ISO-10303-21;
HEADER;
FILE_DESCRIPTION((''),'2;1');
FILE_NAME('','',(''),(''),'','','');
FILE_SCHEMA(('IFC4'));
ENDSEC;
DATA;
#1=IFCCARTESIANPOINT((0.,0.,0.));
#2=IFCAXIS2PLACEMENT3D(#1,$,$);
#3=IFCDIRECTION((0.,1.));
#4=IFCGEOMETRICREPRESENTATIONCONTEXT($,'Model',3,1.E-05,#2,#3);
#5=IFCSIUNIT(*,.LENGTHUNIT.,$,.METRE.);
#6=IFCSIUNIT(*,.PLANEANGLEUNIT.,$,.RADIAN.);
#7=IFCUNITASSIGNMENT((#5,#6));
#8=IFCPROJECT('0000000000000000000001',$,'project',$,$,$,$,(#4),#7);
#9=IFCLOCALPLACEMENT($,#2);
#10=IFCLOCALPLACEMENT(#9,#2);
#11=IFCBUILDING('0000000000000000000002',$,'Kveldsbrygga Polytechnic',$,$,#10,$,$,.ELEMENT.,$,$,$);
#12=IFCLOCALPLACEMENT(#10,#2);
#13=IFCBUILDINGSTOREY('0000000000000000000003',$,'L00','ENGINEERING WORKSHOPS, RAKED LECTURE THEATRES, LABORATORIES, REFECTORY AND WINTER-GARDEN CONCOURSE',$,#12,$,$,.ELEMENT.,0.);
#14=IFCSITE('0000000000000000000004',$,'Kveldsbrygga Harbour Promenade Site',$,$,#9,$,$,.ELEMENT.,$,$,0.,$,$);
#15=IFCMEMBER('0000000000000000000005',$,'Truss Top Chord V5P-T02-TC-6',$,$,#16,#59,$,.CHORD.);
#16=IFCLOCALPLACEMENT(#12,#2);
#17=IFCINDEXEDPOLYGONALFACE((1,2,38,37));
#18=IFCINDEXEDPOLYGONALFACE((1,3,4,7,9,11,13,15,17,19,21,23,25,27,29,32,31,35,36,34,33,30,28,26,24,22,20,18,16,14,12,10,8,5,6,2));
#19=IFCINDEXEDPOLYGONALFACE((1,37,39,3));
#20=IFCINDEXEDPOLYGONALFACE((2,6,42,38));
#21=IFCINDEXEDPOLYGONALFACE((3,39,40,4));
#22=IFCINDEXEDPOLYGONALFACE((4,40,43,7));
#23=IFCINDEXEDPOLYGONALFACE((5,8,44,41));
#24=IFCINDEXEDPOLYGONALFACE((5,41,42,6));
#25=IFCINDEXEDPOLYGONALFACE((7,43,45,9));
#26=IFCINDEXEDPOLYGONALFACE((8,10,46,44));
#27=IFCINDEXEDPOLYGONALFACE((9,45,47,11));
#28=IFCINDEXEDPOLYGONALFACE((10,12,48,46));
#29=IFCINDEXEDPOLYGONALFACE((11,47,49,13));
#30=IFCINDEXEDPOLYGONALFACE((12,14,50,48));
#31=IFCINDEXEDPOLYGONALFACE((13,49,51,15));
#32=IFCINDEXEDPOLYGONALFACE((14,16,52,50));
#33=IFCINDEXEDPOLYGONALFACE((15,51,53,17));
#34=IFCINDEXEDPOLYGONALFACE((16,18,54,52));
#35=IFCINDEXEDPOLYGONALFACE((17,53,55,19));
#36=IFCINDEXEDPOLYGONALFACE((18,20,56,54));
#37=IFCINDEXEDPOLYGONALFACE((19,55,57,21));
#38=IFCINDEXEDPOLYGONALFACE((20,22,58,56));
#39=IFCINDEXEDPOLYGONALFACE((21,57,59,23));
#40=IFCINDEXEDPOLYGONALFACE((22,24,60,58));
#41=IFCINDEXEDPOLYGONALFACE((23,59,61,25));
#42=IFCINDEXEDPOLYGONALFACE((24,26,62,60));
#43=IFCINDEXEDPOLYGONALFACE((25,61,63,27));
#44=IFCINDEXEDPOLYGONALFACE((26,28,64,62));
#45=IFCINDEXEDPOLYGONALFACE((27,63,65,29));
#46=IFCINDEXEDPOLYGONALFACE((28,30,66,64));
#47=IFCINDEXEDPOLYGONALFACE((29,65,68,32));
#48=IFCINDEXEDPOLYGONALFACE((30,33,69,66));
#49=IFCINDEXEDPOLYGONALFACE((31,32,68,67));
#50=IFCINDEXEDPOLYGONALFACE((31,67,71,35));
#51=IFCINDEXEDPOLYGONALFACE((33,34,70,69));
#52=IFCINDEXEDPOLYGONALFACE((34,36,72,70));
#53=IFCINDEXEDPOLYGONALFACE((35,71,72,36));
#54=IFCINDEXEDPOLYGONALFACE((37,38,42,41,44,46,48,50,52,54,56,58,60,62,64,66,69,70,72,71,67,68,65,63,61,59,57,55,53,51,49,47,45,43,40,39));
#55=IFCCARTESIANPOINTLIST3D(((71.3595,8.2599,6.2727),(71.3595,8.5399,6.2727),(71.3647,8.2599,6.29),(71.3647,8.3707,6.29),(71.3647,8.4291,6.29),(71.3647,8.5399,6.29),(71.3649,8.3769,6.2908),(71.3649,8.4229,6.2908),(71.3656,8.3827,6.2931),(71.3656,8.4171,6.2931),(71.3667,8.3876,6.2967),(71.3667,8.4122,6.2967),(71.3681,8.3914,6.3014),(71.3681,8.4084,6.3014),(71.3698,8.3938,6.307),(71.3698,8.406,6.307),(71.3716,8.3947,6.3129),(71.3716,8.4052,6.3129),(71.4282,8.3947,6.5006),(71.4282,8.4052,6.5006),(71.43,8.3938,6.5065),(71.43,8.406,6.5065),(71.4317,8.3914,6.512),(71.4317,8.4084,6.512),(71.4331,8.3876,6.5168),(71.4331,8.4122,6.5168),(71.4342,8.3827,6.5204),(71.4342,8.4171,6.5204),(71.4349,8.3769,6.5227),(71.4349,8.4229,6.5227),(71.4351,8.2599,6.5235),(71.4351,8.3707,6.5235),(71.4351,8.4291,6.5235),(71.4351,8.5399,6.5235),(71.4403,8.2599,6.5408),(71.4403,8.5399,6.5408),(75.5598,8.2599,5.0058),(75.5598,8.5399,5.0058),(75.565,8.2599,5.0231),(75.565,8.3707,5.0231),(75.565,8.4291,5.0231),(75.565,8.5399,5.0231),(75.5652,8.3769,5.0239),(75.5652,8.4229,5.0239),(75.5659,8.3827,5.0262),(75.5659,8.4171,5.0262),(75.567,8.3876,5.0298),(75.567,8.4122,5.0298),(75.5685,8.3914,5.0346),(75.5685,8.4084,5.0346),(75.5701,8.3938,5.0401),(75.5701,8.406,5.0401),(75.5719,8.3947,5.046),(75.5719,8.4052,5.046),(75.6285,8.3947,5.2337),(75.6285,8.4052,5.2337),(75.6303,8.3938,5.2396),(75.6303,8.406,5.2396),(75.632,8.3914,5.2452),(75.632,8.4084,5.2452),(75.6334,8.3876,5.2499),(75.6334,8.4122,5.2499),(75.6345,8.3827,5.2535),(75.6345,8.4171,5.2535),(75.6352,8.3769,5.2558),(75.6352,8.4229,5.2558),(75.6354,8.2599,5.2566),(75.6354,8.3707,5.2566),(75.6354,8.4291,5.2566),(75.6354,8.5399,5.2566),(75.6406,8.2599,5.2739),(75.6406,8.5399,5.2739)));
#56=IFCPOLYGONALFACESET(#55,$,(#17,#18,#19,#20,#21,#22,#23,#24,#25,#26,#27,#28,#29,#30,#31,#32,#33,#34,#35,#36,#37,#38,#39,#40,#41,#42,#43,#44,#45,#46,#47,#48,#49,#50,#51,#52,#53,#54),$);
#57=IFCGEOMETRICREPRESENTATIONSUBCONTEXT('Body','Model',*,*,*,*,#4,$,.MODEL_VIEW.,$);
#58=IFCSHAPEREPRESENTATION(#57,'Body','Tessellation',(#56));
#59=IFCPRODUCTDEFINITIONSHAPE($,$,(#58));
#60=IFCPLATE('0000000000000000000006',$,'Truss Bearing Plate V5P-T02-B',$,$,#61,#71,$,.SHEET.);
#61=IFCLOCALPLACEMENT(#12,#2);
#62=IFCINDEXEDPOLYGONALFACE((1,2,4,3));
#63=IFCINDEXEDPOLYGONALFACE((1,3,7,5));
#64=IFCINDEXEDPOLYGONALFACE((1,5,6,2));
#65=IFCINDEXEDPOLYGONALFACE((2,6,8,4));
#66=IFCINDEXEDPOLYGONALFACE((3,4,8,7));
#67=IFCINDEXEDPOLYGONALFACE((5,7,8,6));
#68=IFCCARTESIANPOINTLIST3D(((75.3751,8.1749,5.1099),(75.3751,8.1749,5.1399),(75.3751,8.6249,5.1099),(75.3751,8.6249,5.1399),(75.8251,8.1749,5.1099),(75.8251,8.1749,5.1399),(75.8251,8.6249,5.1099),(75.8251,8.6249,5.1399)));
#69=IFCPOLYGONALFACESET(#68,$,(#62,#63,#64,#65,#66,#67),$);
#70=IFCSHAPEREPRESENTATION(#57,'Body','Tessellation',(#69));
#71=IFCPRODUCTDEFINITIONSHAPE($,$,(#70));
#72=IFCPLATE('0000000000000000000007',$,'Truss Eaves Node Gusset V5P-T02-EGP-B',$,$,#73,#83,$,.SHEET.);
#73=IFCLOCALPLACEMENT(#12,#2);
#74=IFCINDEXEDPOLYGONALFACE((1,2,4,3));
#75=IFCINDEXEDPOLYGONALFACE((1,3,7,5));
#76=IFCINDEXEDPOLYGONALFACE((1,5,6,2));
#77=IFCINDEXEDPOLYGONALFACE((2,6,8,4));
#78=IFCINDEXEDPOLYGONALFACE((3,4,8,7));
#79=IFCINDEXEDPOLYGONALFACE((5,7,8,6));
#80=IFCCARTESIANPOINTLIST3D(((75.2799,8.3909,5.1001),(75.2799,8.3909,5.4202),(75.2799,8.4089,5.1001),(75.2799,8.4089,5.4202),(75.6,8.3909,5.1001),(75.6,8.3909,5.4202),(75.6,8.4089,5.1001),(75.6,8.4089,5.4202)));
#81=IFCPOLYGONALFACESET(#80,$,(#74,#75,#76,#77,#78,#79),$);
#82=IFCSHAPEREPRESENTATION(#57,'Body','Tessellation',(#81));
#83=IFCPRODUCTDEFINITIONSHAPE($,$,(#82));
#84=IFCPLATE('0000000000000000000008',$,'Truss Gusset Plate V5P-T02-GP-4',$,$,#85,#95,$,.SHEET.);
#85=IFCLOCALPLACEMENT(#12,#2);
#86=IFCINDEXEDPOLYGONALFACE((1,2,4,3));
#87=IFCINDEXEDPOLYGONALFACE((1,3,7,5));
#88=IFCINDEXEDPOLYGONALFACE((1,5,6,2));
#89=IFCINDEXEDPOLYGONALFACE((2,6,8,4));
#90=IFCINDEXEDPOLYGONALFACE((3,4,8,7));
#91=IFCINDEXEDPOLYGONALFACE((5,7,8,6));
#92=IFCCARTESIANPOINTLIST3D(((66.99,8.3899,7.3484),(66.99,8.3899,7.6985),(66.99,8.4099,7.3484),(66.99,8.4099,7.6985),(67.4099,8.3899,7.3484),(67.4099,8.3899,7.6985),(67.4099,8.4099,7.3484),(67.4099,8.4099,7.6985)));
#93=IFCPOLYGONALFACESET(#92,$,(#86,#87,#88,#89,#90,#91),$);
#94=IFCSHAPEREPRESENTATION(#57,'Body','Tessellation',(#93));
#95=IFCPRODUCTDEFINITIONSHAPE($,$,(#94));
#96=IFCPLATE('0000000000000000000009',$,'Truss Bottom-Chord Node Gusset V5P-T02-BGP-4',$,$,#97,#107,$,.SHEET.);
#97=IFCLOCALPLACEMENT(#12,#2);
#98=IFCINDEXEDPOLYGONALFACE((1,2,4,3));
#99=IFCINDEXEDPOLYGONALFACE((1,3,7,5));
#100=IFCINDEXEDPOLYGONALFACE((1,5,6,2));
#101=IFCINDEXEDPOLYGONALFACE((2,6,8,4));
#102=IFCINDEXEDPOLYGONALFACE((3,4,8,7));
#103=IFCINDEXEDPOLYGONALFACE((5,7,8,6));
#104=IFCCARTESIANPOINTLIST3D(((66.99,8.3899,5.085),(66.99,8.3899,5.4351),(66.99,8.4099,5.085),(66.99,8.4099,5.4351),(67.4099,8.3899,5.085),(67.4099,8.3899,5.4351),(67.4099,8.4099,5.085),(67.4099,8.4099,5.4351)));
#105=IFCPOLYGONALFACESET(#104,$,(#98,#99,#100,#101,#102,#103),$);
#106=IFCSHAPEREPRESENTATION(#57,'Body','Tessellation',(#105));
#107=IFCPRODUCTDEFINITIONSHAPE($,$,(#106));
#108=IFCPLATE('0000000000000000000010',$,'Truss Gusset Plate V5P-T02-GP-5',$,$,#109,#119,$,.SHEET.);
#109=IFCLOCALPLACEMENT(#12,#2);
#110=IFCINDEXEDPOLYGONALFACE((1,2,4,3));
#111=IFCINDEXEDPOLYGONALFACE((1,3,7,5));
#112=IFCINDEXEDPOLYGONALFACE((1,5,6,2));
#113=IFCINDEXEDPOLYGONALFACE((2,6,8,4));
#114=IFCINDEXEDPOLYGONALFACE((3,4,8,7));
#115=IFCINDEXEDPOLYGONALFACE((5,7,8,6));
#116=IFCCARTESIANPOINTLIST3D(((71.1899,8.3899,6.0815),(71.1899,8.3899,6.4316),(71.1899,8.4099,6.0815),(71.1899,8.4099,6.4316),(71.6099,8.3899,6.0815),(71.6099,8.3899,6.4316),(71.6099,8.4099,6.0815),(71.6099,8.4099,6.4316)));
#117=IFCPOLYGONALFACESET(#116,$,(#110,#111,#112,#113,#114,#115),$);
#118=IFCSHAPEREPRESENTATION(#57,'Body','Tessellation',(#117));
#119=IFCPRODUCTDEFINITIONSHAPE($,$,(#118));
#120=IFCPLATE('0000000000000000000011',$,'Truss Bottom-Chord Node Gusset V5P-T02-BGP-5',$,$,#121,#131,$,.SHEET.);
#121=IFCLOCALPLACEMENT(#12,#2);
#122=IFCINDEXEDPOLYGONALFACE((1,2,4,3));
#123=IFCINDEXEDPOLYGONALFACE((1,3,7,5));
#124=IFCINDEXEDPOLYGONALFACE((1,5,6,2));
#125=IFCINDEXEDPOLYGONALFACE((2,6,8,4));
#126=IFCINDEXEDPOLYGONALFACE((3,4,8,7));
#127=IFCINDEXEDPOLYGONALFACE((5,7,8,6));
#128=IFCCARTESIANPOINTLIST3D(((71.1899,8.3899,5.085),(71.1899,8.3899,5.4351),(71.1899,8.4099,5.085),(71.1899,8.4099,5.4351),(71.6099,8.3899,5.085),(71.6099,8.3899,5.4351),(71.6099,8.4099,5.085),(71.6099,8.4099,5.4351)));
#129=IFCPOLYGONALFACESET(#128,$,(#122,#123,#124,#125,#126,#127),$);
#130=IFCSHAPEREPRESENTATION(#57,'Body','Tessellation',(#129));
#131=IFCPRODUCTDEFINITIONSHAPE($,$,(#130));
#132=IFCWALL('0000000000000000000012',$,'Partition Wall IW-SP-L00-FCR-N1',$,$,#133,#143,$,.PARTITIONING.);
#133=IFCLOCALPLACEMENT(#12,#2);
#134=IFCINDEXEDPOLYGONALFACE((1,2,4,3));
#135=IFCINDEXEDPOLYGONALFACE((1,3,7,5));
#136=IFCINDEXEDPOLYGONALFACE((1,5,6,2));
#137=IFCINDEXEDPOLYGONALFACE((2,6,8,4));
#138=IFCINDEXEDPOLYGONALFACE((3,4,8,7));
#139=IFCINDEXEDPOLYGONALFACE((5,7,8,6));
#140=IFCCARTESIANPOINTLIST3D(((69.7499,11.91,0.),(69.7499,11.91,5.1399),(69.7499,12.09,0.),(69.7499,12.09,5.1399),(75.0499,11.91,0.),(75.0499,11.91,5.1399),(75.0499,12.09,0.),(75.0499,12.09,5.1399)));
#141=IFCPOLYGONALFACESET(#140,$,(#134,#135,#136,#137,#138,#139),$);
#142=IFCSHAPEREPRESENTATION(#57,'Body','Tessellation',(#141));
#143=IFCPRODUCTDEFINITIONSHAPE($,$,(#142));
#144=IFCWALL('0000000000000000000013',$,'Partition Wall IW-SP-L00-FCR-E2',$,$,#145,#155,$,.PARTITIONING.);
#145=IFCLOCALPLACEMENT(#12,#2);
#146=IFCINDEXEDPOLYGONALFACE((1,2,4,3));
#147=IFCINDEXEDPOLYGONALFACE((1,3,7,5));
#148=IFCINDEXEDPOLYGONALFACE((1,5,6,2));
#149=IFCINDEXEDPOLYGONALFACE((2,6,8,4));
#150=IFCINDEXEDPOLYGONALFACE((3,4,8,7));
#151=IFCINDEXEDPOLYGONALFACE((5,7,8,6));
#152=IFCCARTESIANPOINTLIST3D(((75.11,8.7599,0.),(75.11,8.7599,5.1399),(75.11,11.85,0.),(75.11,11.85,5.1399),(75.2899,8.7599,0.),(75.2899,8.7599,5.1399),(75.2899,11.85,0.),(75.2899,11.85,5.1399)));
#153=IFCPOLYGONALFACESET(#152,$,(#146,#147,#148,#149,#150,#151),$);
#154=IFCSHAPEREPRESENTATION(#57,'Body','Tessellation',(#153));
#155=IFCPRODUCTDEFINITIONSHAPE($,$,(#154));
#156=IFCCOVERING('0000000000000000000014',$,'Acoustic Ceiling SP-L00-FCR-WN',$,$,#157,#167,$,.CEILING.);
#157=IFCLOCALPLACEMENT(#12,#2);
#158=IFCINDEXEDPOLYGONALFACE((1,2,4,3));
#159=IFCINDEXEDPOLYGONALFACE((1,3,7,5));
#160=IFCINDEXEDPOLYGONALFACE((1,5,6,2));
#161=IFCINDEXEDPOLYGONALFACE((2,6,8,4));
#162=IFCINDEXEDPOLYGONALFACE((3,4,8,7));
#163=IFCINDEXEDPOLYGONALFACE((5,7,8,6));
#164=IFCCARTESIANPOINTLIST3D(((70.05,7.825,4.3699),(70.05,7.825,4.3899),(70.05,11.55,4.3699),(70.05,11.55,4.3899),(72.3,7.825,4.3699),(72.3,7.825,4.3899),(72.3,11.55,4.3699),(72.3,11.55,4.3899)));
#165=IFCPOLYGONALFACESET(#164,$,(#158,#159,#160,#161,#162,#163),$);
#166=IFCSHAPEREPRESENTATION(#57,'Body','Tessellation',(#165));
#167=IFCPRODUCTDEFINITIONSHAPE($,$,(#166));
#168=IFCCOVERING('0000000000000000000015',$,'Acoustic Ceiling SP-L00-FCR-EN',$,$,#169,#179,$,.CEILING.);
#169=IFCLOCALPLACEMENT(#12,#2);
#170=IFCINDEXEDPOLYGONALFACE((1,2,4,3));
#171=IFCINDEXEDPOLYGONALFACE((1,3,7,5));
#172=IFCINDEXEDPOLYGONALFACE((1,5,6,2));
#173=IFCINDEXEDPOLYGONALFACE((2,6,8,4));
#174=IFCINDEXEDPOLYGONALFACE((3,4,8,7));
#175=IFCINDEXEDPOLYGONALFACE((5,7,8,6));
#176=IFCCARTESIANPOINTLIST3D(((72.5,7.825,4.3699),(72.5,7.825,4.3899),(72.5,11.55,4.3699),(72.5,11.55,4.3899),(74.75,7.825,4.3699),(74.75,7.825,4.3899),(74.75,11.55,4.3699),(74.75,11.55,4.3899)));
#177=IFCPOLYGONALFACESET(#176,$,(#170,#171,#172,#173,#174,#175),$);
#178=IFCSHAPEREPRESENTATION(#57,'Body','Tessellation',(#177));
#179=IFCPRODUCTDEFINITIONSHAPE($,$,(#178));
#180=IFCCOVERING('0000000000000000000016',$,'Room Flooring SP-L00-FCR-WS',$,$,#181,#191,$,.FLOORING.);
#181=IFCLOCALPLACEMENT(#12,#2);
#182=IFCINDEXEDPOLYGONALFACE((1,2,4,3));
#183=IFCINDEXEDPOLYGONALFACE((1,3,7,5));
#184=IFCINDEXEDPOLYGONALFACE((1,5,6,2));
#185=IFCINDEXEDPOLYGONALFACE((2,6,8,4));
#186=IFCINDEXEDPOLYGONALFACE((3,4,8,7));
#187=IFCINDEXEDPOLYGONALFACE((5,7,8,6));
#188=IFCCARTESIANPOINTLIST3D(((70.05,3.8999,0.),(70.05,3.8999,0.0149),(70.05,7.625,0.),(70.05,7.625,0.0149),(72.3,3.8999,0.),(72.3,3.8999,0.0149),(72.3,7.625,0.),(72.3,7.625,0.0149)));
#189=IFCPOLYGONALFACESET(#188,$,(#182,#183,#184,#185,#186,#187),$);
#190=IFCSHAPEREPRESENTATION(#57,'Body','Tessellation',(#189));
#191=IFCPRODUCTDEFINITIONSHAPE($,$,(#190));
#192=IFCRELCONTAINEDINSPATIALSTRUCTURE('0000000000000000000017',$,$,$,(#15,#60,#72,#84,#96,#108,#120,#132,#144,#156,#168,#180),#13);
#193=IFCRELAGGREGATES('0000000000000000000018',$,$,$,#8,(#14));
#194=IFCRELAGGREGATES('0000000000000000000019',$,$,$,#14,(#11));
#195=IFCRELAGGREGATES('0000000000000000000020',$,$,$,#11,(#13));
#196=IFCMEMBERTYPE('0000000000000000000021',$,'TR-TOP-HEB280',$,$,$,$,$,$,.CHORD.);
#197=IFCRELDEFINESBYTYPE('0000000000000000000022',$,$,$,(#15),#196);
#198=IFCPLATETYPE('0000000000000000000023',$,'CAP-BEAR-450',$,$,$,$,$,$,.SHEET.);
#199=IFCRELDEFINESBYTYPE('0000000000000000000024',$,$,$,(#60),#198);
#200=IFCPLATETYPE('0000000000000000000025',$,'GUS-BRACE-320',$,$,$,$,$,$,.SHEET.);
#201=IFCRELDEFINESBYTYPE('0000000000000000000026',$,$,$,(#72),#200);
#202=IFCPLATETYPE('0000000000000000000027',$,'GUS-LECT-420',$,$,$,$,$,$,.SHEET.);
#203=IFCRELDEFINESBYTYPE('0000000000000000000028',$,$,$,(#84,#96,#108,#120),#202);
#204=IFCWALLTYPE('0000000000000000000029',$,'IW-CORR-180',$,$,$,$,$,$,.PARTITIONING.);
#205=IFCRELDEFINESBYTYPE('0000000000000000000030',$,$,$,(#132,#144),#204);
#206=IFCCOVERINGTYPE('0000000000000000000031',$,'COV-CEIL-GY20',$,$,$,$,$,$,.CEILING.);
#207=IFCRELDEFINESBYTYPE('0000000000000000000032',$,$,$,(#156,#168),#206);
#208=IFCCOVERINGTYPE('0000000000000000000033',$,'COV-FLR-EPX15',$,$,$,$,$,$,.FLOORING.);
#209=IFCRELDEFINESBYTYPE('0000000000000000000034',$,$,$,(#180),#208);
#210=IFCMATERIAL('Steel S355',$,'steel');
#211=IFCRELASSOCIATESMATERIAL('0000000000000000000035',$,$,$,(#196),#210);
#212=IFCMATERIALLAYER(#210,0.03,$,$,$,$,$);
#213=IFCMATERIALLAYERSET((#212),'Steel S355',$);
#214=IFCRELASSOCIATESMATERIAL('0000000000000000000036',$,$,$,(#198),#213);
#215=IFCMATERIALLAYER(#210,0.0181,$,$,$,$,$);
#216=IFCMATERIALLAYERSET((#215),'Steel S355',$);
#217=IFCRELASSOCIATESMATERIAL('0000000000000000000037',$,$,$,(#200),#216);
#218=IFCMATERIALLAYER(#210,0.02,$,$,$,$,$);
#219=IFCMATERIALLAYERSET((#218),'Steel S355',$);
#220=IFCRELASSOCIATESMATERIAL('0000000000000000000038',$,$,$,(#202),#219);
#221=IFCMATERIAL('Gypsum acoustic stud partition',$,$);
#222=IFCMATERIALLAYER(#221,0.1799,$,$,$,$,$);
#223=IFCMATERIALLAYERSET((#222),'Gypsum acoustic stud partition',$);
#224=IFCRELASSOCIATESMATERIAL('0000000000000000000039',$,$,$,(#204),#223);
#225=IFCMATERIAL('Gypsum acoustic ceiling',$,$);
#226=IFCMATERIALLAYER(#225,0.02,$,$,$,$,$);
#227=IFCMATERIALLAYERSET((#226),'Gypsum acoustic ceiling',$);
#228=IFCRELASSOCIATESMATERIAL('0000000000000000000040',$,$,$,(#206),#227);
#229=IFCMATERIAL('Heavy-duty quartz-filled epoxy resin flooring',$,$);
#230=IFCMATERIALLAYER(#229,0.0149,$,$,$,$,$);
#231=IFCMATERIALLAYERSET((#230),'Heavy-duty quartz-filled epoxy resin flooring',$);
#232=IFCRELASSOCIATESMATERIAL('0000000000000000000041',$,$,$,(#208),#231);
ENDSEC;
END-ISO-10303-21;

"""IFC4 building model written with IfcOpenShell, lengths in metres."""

from ifc_helpers import new_model, si_unit, direction, frame, frame_2d, origin, origin_2d, place, context, subcontext, project, spatial, rectangle, i_section, extrude, material, layer, layer_set, material_profile, profile_set, type_object, element, save


model = new_model("IFC4")

# Units and contexts
model_context = context("Model", 3, precision=1e-05, world=origin(), true_north=direction((0.0, 1.0)))
body_context = subcontext(model_context, "Body", "Model", "MODEL_VIEW")
ifc_project = project(units=[si_unit("LENGTHUNIT", "METRE"), si_unit("PLANEANGLEUNIT", "RADIAN")], contexts=[model_context])

# Site, building, storey
site_placement = place(None, origin())
site = spatial("IfcSite", under=ifc_project, at=site_placement, Name="Kveldsbrygga Harbour Promenade Site", CompositionType="ELEMENT", RefElevation=0.0)
building_placement = place(site_placement, origin())
building = spatial("IfcBuilding", under=site, at=building_placement, Name="Kveldsbrygga Polytechnic", CompositionType="ELEMENT")
storey_placement = place(building_placement, origin())
storey = spatial("IfcBuildingStorey", under=building, at=storey_placement, Name="L00", Description="ENGINEERING WORKSHOPS, RAKED LECTURE THEATRES, LABORATORIES, REFECTORY AND WINTER-GARDEN CONCOURSE", CompositionType="ELEMENT", Elevation=0.0)

# Shared definitions
ifc_material_1 = material(Name="Steel S355", Category="steel")

# Member
ifc_material_profile_1 = material_profile(ifc_material_1, i_section(OverallWidth=0.28, OverallDepth=0.28, WebThickness=0.0105, FlangeThickness=0.0181, FilletRadius=0.0239, at=origin_2d()), Name="HEB 280")
ifc_profile_set_1 = profile_set([ifc_material_profile_1], Name="Steel S355")
member_type_1 = type_object("IfcMemberType", Name="TR-TOP-HEB280", PredefinedType="CHORD", material=ifc_profile_set_1)
member_1_placement = place(storey_placement, frame((71.3999, 8.3999, 6.4067), z_axis=(0.957399, 0.0, -0.288767), x_axis=(0.0, 1.0, 0.0)))
element("IfcMember", 1, at=member_1_placement, inside=storey, type_object=member_type_1, Name="Truss Top Chord V5P-T02-TC-6", PredefinedType="CHORD", context=body_context, shape_type="SweptSolid", body=[
    extrude(i_section(OverallWidth=0.28, OverallDepth=0.28, WebThickness=0.0105, FlangeThickness=0.0181, FilletRadius=0.0239, at=origin_2d()), origin(), (0.0, 0.0, 1.0), 4.3872),
])

# Plates
ifc_layer_1 = layer(ifc_material_1, 0.03)
ifc_layer_set_1 = layer_set([ifc_layer_1], Name="Steel S355")
plate_type_1 = type_object("IfcPlateType", Name="CAP-BEAR-450", PredefinedType="SHEET", material=ifc_layer_set_1)
plate_1_placement = place(storey_placement, frame((75.6001, 8.3999, 5.1099), z_axis=(0.0, 0.0, 1.0), x_axis=(1.0, 0.0, 0.0)))
element("IfcPlate", 2, at=plate_1_placement, inside=storey, type_object=plate_type_1, Name="Truss Bearing Plate V5P-T02-B", PredefinedType="SHEET", context=body_context, shape_type="SweptSolid", body=[
    extrude(rectangle(XDim=0.45, YDim=0.45, at=origin_2d()), origin(), (0.0, 0.0, 1.0), 0.03),
])
ifc_layer_2 = layer(ifc_material_1, 0.0181)
ifc_layer_set_2 = layer_set([ifc_layer_2], Name="Steel S355")
plate_type_2 = type_object("IfcPlateType", Name="GUS-BRACE-320", PredefinedType="SHEET", material=ifc_layer_set_2)
plate_2_placement = place(storey_placement, frame((75.4399, 8.3999, 5.1001), z_axis=(0.0, 0.0, 1.0), x_axis=(1.0, 0.0, 0.0)))
element("IfcPlate", 3, at=plate_2_placement, inside=storey, type_object=plate_type_2, Name="Truss Eaves Node Gusset V5P-T02-EGP-B", PredefinedType="SHEET", context=body_context, shape_type="SweptSolid", body=[
    extrude(rectangle(XDim=0.3201, YDim=0.0181, at=origin_2d()), origin(), (0.0, 0.0, 1.0), 0.3201),
])
ifc_layer_3 = layer(ifc_material_1, 0.02)
ifc_layer_set_3 = layer_set([ifc_layer_3], Name="Steel S355")
plate_type_3 = type_object("IfcPlateType", Name="GUS-LECT-420", PredefinedType="SHEET", material=ifc_layer_set_3)
for number, where, z_axis, x_axis, name in (
    (4, (67.2, 8.3999, 7.3484), (0.0, 0.0, 1.0), (1.0, 0.0, 0.0), "Truss Gusset Plate V5P-T02-GP-4"),
    (5, (67.2, 8.3999, 5.085), (0.0, 0.0, 1.0), (1.0, 0.0, 0.0), "Truss Bottom-Chord Node Gusset V5P-T02-BGP-4"),
    (6, (71.3999, 8.3999, 6.0815), (0.0, 0.0, 1.0), (1.0, 0.0, 0.0), "Truss Gusset Plate V5P-T02-GP-5"),
    (7, (71.3999, 8.3999, 5.085), (0.0, 0.0, 1.0), (1.0, 0.0, 0.0), "Truss Bottom-Chord Node Gusset V5P-T02-BGP-5"),
):
    element("IfcPlate", number, at=place(storey_placement, frame(where, z_axis=z_axis, x_axis=x_axis)), inside=storey, type_object=plate_type_3, Name=name, PredefinedType="SHEET", context=body_context, shape_type="SweptSolid", body=[
        extrude(rectangle(XDim=0.4199, YDim=0.02, at=origin_2d()), origin(), (0.0, 0.0, 1.0), 0.3501),
    ])

# Walls
ifc_material_2 = material(Name="Gypsum acoustic stud partition")
ifc_layer_4 = layer(ifc_material_2, 0.1799)
ifc_layer_set_4 = layer_set([ifc_layer_4], Name="Gypsum acoustic stud partition")
wall_type = type_object("IfcWallType", Name="IW-CORR-180", PredefinedType="PARTITIONING", material=ifc_layer_set_4)
wall_1_placement = place(storey_placement, frame((69.75, 12.0, 0.0), z_axis=(0.0, 0.0, 1.0), x_axis=(1.0, 0.0, 0.0)))
element("IfcWall", 8, at=wall_1_placement, inside=storey, type_object=wall_type, Name="Partition Wall IW-SP-L00-FCR-N1", PredefinedType="PARTITIONING", context=body_context, shape_type="SweptSolid", body=[
    extrude(rectangle(XDim=5.3, YDim=0.1799, at=frame_2d((2.6499, 0.0))), origin(), (0.0, 0.0, 1.0), 5.1399),
])
wall_2_placement = place(storey_placement, frame((75.2, 8.76, 0.0), z_axis=(0.0, 0.0, 1.0), x_axis=(0.0, 1.0, 0.0)))
element("IfcWall", 9, at=wall_2_placement, inside=storey, type_object=wall_type, Name="Partition Wall IW-SP-L00-FCR-E2", PredefinedType="PARTITIONING", context=body_context, shape_type="SweptSolid", body=[
    extrude(rectangle(XDim=3.0901, YDim=0.1799, at=frame_2d((1.5449, 0.0))), origin(), (0.0, 0.0, 1.0), 5.1399),
])

# Coverings
ifc_material_3 = material(Name="Gypsum acoustic ceiling")
ifc_layer_5 = layer(ifc_material_3, 0.02)
ifc_layer_set_5 = layer_set([ifc_layer_5], Name="Gypsum acoustic ceiling")
covering_type_1 = type_object("IfcCoveringType", Name="COV-CEIL-GY20", PredefinedType="CEILING", material=ifc_layer_set_5)
for number, where, z_axis, x_axis, name in (
    (10, (71.175, 9.6875, 4.3699), (0.0, 0.0, 1.0), (1.0, 0.0, 0.0), "Acoustic Ceiling SP-L00-FCR-WN"),
    (11, (73.625, 9.6875, 4.3699), (0.0, 0.0, 1.0), (1.0, 0.0, 0.0), "Acoustic Ceiling SP-L00-FCR-EN"),
):
    element("IfcCovering", number, at=place(storey_placement, frame(where, z_axis=z_axis, x_axis=x_axis)), inside=storey, type_object=covering_type_1, Name=name, PredefinedType="CEILING", context=body_context, shape_type="SweptSolid", body=[
        extrude(rectangle(XDim=2.25, YDim=3.7251, at=origin_2d()), origin(), (0.0, 0.0, 1.0), 0.02),
    ])
ifc_material_4 = material(Name="Heavy-duty quartz-filled epoxy resin flooring")
ifc_layer_6 = layer(ifc_material_4, 0.0149)
ifc_layer_set_6 = layer_set([ifc_layer_6], Name="Heavy-duty quartz-filled epoxy resin flooring")
covering_type_2 = type_object("IfcCoveringType", Name="COV-FLR-EPX15", PredefinedType="FLOORING", material=ifc_layer_set_6)
for number, where, z_axis, x_axis, name in (
    (12, (71.175, 5.7625, 0.0), (0.0, 0.0, 1.0), (1.0, 0.0, 0.0), "Room Flooring SP-L00-FCR-WS"),
):
    element("IfcCovering", number, at=place(storey_placement, frame(where, z_axis=z_axis, x_axis=x_axis)), inside=storey, type_object=covering_type_2, Name=name, PredefinedType="FLOORING", context=body_context, shape_type="SweptSolid", body=[
        extrude(rectangle(XDim=2.25, YDim=3.7251, at=origin_2d()), origin(), (0.0, 0.0, 1.0), 0.0149),
    ])

save(model, "model.ifc")
